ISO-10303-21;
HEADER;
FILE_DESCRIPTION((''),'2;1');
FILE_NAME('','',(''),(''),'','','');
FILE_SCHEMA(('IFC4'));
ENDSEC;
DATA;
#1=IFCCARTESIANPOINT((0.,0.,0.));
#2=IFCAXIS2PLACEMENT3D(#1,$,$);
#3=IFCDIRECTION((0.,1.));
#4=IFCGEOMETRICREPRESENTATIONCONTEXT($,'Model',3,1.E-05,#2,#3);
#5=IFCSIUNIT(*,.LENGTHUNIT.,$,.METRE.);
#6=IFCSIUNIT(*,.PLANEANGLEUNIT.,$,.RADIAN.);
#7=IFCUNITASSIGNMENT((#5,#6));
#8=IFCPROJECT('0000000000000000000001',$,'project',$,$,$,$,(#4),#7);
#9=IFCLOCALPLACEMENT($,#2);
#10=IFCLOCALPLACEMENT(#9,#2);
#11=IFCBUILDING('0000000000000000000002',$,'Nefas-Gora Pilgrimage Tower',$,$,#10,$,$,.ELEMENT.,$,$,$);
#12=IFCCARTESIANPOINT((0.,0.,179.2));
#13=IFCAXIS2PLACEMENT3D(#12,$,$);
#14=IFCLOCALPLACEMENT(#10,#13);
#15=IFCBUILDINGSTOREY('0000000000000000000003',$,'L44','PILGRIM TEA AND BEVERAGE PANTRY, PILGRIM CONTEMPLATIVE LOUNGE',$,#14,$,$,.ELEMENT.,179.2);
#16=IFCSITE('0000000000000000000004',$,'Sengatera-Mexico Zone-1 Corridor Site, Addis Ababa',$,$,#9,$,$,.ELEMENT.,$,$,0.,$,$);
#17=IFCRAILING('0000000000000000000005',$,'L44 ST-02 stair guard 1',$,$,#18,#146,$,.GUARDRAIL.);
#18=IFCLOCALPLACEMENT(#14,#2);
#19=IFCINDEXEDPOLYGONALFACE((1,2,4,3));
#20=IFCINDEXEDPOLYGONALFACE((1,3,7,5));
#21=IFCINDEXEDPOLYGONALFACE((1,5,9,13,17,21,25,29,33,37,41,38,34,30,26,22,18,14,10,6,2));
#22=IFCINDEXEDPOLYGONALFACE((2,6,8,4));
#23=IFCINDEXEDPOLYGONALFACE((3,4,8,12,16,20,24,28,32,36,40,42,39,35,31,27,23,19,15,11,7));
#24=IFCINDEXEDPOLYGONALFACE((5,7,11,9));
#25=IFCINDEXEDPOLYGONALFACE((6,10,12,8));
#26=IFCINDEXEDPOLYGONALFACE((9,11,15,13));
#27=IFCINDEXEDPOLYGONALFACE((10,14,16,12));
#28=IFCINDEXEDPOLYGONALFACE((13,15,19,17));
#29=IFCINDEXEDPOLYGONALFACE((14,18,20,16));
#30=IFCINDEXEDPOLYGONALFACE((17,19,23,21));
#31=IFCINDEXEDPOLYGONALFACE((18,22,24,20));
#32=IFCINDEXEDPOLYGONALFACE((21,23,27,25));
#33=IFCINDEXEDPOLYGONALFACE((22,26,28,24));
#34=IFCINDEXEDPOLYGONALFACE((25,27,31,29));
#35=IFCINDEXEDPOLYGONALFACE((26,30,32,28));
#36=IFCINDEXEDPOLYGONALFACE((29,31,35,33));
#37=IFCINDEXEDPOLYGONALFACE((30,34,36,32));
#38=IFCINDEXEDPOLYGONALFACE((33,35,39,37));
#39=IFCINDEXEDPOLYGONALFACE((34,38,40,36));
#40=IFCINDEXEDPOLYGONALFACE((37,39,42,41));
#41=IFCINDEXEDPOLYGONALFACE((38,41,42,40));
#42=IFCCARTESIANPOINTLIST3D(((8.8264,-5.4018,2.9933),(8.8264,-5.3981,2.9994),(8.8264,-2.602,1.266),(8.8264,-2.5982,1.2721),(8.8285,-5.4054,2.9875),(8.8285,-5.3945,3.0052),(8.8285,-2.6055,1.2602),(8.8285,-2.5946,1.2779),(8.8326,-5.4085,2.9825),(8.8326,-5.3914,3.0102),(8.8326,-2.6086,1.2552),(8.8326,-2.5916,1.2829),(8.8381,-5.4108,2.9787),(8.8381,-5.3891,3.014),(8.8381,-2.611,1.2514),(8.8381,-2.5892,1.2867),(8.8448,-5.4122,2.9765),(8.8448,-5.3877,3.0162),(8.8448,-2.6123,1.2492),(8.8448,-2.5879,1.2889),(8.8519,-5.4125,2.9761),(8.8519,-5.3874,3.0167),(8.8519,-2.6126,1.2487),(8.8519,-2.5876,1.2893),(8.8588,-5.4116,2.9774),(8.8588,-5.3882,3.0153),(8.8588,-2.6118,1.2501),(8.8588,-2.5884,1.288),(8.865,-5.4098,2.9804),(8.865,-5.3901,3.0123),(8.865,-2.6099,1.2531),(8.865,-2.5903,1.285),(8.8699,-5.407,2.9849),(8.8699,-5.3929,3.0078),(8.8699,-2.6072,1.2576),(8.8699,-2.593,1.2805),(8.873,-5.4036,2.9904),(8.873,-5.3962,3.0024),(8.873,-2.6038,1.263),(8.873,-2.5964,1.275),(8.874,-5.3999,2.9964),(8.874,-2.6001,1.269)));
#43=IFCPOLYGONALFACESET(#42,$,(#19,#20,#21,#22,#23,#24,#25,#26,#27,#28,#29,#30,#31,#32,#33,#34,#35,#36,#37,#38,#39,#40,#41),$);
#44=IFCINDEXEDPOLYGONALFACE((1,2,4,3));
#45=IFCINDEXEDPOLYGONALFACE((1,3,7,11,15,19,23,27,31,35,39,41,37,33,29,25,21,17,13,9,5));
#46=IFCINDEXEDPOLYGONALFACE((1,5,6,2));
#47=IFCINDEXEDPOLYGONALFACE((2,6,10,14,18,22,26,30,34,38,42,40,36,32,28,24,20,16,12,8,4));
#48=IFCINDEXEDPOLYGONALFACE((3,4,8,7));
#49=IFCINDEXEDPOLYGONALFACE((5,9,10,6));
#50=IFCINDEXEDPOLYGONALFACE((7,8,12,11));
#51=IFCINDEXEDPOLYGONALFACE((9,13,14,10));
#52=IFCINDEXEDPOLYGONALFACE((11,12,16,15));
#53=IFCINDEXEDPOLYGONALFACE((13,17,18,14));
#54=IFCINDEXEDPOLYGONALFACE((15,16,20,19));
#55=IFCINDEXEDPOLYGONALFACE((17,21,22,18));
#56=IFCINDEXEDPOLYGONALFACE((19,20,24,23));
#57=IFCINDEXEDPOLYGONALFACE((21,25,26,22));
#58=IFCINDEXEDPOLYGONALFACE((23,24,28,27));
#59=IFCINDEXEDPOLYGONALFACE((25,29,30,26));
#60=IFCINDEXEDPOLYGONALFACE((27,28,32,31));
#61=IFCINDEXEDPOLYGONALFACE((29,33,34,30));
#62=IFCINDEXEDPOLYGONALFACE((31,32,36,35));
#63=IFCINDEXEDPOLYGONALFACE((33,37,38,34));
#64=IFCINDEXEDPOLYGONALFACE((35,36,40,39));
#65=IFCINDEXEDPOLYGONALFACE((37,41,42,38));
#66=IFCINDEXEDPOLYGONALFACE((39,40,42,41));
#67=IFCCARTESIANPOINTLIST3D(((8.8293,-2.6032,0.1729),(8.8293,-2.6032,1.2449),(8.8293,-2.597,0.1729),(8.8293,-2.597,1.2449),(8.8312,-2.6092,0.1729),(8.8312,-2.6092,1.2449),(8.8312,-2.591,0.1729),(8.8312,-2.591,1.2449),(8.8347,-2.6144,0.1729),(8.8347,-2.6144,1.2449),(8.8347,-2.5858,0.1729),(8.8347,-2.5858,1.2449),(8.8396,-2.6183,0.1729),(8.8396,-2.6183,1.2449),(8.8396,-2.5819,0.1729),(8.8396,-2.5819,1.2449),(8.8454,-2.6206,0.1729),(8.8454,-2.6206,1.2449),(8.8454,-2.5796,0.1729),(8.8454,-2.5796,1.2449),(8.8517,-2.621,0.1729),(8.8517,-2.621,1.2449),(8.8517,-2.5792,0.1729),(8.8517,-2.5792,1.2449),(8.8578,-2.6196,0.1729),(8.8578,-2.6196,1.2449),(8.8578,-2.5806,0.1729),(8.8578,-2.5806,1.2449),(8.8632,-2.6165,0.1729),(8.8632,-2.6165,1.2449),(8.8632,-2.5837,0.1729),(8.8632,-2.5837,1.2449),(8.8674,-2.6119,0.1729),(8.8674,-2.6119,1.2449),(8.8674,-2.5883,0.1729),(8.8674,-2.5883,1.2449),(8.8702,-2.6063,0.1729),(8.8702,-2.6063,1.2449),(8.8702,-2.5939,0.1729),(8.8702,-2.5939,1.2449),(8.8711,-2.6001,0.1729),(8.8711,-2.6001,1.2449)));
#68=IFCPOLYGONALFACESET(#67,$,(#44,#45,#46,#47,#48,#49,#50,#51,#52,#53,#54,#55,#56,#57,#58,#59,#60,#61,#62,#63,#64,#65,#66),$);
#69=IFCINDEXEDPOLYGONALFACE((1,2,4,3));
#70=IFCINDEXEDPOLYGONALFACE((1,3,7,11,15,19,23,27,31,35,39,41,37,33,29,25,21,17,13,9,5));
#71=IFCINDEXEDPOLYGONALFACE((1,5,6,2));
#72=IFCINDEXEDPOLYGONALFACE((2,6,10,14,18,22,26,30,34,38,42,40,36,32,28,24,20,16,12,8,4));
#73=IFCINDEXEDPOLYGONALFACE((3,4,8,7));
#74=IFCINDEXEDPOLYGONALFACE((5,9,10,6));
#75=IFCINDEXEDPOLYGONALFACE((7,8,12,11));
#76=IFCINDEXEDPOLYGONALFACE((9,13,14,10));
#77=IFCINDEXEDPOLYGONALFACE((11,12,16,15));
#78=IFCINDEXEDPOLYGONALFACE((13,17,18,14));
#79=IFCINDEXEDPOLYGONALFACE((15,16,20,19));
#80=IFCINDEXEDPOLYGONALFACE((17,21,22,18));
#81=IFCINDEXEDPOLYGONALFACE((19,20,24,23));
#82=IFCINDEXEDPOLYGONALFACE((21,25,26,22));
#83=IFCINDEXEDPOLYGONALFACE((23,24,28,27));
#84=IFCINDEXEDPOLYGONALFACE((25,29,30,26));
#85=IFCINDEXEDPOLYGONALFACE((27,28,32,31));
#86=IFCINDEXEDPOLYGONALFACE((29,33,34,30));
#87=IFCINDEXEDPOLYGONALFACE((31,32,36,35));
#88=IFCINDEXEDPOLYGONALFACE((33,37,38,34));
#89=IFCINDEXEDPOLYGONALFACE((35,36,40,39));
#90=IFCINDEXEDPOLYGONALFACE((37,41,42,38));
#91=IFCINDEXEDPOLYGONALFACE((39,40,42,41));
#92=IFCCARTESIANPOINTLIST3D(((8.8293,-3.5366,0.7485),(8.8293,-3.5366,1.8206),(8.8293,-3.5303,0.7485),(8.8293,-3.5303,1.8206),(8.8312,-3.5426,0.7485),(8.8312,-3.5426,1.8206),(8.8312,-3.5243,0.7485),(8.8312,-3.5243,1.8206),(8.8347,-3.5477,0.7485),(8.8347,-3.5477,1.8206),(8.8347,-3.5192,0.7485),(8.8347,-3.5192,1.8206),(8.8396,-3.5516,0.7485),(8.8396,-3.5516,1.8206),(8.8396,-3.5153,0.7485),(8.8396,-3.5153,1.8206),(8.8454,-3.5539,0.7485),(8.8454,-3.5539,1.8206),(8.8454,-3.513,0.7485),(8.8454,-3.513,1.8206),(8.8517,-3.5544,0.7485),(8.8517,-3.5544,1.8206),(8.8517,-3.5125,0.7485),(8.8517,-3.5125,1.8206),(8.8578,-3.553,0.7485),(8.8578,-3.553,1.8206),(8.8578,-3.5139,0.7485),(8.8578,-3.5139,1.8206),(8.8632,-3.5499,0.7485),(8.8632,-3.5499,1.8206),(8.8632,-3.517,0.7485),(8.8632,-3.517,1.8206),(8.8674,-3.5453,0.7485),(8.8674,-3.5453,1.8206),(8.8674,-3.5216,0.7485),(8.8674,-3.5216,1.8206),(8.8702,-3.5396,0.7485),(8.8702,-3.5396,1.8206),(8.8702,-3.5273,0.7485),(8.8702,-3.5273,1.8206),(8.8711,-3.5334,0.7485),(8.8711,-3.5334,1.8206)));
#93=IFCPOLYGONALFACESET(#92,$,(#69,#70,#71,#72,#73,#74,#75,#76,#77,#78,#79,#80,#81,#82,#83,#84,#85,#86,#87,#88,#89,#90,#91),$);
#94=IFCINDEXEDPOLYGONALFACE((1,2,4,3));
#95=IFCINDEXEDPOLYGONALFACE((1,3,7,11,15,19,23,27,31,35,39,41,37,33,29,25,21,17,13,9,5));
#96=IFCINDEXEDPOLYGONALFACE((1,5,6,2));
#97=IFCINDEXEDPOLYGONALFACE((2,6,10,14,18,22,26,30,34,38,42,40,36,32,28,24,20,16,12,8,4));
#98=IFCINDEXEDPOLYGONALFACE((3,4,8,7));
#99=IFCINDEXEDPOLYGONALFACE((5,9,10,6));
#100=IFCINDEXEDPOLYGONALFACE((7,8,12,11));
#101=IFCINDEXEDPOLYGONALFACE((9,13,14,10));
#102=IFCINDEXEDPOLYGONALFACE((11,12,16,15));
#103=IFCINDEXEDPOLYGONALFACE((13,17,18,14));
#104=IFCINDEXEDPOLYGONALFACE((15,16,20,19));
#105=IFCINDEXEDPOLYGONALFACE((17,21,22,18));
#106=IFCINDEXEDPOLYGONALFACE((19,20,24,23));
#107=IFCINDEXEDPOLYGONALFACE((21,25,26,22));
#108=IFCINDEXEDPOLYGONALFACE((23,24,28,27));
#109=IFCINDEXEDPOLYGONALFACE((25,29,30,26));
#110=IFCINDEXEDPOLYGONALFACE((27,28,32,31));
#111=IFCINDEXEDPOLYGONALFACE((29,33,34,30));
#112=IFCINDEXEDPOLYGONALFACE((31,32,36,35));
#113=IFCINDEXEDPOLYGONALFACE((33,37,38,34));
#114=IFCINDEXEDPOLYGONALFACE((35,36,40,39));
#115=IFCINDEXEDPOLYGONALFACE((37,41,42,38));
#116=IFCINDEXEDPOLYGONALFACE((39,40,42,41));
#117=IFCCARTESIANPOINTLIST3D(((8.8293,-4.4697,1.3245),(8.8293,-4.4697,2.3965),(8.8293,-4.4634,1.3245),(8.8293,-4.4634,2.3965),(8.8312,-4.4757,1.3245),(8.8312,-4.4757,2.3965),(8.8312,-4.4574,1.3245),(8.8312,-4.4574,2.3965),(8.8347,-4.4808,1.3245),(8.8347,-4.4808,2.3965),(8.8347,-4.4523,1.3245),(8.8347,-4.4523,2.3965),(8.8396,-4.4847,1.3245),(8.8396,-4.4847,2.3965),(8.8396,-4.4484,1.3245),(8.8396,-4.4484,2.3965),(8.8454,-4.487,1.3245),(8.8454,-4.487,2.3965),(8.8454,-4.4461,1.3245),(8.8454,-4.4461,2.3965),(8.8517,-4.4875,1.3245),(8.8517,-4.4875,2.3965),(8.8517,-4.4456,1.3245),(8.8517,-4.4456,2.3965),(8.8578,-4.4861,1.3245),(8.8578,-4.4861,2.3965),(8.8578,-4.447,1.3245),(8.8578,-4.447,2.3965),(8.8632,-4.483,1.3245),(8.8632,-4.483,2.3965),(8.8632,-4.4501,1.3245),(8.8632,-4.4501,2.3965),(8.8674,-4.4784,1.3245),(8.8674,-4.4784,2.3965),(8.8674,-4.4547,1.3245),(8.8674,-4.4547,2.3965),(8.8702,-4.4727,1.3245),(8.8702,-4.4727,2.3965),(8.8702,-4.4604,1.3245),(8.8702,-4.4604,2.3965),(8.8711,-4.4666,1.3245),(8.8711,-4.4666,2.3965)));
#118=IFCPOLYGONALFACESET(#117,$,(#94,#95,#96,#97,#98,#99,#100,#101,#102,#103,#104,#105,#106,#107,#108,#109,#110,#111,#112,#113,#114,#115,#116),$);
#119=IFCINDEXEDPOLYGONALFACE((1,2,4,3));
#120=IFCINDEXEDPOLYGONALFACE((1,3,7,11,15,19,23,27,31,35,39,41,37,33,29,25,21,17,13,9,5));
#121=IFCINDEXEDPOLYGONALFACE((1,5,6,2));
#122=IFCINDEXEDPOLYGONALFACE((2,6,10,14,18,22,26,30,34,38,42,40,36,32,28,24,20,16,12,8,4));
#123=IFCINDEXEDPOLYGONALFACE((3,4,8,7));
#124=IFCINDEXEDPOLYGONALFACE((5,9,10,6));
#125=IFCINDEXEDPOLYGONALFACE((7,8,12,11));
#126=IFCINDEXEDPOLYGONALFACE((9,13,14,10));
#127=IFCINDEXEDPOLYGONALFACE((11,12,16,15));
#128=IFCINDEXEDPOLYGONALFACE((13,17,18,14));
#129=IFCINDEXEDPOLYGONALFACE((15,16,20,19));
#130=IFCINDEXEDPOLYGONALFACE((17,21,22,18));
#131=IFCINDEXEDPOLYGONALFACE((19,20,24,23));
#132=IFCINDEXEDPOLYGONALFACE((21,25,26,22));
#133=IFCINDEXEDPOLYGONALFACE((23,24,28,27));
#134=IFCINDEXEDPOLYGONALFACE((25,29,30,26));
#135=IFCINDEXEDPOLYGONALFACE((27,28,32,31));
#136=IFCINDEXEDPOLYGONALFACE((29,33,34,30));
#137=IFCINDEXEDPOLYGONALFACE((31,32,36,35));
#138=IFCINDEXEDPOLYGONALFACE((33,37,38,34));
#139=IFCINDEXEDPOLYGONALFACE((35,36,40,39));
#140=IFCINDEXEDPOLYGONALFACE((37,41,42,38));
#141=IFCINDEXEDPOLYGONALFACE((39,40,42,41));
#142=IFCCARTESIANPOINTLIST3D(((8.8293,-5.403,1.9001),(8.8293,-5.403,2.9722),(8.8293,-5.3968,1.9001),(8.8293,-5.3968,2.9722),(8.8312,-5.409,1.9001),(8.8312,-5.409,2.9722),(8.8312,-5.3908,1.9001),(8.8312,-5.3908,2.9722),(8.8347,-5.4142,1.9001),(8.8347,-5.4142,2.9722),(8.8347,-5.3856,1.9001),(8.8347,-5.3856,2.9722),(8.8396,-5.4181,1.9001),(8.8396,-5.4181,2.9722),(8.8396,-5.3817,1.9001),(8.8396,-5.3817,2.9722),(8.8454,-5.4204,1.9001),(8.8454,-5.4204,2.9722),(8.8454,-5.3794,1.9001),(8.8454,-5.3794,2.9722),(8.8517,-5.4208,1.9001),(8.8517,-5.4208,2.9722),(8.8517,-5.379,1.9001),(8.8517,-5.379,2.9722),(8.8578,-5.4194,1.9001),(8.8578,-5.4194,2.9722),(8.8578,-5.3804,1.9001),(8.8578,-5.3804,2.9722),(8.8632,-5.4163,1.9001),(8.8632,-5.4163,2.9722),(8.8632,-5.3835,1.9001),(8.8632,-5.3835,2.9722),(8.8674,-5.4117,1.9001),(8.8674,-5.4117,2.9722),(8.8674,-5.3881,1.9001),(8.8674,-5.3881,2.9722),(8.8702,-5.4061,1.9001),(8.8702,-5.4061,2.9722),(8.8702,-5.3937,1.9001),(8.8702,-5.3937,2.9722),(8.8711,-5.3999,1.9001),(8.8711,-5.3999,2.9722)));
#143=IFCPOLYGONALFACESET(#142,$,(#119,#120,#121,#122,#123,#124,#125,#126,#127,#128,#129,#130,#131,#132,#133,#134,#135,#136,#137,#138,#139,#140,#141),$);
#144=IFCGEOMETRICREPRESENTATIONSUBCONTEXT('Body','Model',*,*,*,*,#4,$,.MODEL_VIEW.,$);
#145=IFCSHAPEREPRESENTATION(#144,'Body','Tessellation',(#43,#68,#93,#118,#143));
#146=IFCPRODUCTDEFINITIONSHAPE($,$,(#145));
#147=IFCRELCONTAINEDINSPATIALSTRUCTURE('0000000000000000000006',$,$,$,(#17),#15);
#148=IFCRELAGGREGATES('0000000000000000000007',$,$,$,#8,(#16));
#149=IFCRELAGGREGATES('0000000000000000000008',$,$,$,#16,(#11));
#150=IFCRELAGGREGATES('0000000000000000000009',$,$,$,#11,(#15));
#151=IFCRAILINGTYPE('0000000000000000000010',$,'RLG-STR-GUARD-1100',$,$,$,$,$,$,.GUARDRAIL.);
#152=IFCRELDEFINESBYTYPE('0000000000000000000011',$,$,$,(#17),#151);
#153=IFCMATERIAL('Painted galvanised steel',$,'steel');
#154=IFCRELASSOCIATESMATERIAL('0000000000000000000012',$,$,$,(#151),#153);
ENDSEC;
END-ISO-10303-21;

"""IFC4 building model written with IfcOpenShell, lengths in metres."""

from ifc_helpers import new_model, si_unit, direction, frame, origin, origin_2d, place, context, subcontext, project, spatial, circle, extrude, material, type_object, element, save


model = new_model("IFC4")

# Units and contexts
model_context = context("Model", 3, precision=1e-05, world=origin(), true_north=direction((0.0, 1.0)))
body_context = subcontext(model_context, "Body", "Model", "MODEL_VIEW")
ifc_project = project(units=[si_unit("LENGTHUNIT", "METRE"), si_unit("PLANEANGLEUNIT", "RADIAN")], contexts=[model_context])

# Site, building, storey
site_placement = place(None, origin())
site = spatial("IfcSite", under=ifc_project, at=site_placement, Name="Sengatera-Mexico Zone-1 Corridor Site, Addis Ababa", CompositionType="ELEMENT", RefElevation=0.0)
building_placement = place(site_placement, origin())
building = spatial("IfcBuilding", under=site, at=building_placement, Name="Nefas-Gora Pilgrimage Tower", CompositionType="ELEMENT")
storey_placement = place(building_placement, frame((0.0, 0.0, 179.2)))
storey = spatial("IfcBuildingStorey", under=building, at=storey_placement, Name="L44", Description="PILGRIM TEA AND BEVERAGE PANTRY, PILGRIM CONTEMPLATIVE LOUNGE", CompositionType="ELEMENT", Elevation=179.2)

# Railing
ifc_material_1 = material(Name="Painted galvanised steel", Category="steel")
railing_type_1 = type_object("IfcRailingType", Name="RLG-STR-GUARD-1100", PredefinedType="GUARDRAIL", material=ifc_material_1)
railing_1_placement = place(storey_placement, frame((8.8501, -2.6001, 0.1729)))
element("IfcRailing", 1, at=railing_1_placement, inside=storey, type_object=railing_type_1, Name="L44 ST-02 stair guard 1", PredefinedType="GUARDRAIL", context=body_context, shape_type="SweptSolid", body=[
    extrude(circle(Radius=0.0239, at=origin_2d()), frame((0.0, 0.0, 1.0962), z_axis=(0.0, -0.851069, 0.525054), x_axis=(1.0, 0.0, 0.0)), (0.0, 0.0, 1.0), 3.2898),
    extrude(circle(Radius=0.021, at=origin_2d()), origin(), (0.0, 0.0, 1.0), 1.072),
    extrude(circle(Radius=0.021, at=origin_2d()), frame((0.0, -0.9333, 0.5757)), (0.0, 0.0, 1.0), 1.072),
    extrude(circle(Radius=0.021, at=origin_2d()), frame((0.0, -1.8665, 1.1516)), (0.0, 0.0, 1.0), 1.072),
    extrude(circle(Radius=0.021, at=origin_2d()), frame((0.0, -2.7998, 1.7273)), (0.0, 0.0, 1.0), 1.072),
])

save(model, "model.ifc")
